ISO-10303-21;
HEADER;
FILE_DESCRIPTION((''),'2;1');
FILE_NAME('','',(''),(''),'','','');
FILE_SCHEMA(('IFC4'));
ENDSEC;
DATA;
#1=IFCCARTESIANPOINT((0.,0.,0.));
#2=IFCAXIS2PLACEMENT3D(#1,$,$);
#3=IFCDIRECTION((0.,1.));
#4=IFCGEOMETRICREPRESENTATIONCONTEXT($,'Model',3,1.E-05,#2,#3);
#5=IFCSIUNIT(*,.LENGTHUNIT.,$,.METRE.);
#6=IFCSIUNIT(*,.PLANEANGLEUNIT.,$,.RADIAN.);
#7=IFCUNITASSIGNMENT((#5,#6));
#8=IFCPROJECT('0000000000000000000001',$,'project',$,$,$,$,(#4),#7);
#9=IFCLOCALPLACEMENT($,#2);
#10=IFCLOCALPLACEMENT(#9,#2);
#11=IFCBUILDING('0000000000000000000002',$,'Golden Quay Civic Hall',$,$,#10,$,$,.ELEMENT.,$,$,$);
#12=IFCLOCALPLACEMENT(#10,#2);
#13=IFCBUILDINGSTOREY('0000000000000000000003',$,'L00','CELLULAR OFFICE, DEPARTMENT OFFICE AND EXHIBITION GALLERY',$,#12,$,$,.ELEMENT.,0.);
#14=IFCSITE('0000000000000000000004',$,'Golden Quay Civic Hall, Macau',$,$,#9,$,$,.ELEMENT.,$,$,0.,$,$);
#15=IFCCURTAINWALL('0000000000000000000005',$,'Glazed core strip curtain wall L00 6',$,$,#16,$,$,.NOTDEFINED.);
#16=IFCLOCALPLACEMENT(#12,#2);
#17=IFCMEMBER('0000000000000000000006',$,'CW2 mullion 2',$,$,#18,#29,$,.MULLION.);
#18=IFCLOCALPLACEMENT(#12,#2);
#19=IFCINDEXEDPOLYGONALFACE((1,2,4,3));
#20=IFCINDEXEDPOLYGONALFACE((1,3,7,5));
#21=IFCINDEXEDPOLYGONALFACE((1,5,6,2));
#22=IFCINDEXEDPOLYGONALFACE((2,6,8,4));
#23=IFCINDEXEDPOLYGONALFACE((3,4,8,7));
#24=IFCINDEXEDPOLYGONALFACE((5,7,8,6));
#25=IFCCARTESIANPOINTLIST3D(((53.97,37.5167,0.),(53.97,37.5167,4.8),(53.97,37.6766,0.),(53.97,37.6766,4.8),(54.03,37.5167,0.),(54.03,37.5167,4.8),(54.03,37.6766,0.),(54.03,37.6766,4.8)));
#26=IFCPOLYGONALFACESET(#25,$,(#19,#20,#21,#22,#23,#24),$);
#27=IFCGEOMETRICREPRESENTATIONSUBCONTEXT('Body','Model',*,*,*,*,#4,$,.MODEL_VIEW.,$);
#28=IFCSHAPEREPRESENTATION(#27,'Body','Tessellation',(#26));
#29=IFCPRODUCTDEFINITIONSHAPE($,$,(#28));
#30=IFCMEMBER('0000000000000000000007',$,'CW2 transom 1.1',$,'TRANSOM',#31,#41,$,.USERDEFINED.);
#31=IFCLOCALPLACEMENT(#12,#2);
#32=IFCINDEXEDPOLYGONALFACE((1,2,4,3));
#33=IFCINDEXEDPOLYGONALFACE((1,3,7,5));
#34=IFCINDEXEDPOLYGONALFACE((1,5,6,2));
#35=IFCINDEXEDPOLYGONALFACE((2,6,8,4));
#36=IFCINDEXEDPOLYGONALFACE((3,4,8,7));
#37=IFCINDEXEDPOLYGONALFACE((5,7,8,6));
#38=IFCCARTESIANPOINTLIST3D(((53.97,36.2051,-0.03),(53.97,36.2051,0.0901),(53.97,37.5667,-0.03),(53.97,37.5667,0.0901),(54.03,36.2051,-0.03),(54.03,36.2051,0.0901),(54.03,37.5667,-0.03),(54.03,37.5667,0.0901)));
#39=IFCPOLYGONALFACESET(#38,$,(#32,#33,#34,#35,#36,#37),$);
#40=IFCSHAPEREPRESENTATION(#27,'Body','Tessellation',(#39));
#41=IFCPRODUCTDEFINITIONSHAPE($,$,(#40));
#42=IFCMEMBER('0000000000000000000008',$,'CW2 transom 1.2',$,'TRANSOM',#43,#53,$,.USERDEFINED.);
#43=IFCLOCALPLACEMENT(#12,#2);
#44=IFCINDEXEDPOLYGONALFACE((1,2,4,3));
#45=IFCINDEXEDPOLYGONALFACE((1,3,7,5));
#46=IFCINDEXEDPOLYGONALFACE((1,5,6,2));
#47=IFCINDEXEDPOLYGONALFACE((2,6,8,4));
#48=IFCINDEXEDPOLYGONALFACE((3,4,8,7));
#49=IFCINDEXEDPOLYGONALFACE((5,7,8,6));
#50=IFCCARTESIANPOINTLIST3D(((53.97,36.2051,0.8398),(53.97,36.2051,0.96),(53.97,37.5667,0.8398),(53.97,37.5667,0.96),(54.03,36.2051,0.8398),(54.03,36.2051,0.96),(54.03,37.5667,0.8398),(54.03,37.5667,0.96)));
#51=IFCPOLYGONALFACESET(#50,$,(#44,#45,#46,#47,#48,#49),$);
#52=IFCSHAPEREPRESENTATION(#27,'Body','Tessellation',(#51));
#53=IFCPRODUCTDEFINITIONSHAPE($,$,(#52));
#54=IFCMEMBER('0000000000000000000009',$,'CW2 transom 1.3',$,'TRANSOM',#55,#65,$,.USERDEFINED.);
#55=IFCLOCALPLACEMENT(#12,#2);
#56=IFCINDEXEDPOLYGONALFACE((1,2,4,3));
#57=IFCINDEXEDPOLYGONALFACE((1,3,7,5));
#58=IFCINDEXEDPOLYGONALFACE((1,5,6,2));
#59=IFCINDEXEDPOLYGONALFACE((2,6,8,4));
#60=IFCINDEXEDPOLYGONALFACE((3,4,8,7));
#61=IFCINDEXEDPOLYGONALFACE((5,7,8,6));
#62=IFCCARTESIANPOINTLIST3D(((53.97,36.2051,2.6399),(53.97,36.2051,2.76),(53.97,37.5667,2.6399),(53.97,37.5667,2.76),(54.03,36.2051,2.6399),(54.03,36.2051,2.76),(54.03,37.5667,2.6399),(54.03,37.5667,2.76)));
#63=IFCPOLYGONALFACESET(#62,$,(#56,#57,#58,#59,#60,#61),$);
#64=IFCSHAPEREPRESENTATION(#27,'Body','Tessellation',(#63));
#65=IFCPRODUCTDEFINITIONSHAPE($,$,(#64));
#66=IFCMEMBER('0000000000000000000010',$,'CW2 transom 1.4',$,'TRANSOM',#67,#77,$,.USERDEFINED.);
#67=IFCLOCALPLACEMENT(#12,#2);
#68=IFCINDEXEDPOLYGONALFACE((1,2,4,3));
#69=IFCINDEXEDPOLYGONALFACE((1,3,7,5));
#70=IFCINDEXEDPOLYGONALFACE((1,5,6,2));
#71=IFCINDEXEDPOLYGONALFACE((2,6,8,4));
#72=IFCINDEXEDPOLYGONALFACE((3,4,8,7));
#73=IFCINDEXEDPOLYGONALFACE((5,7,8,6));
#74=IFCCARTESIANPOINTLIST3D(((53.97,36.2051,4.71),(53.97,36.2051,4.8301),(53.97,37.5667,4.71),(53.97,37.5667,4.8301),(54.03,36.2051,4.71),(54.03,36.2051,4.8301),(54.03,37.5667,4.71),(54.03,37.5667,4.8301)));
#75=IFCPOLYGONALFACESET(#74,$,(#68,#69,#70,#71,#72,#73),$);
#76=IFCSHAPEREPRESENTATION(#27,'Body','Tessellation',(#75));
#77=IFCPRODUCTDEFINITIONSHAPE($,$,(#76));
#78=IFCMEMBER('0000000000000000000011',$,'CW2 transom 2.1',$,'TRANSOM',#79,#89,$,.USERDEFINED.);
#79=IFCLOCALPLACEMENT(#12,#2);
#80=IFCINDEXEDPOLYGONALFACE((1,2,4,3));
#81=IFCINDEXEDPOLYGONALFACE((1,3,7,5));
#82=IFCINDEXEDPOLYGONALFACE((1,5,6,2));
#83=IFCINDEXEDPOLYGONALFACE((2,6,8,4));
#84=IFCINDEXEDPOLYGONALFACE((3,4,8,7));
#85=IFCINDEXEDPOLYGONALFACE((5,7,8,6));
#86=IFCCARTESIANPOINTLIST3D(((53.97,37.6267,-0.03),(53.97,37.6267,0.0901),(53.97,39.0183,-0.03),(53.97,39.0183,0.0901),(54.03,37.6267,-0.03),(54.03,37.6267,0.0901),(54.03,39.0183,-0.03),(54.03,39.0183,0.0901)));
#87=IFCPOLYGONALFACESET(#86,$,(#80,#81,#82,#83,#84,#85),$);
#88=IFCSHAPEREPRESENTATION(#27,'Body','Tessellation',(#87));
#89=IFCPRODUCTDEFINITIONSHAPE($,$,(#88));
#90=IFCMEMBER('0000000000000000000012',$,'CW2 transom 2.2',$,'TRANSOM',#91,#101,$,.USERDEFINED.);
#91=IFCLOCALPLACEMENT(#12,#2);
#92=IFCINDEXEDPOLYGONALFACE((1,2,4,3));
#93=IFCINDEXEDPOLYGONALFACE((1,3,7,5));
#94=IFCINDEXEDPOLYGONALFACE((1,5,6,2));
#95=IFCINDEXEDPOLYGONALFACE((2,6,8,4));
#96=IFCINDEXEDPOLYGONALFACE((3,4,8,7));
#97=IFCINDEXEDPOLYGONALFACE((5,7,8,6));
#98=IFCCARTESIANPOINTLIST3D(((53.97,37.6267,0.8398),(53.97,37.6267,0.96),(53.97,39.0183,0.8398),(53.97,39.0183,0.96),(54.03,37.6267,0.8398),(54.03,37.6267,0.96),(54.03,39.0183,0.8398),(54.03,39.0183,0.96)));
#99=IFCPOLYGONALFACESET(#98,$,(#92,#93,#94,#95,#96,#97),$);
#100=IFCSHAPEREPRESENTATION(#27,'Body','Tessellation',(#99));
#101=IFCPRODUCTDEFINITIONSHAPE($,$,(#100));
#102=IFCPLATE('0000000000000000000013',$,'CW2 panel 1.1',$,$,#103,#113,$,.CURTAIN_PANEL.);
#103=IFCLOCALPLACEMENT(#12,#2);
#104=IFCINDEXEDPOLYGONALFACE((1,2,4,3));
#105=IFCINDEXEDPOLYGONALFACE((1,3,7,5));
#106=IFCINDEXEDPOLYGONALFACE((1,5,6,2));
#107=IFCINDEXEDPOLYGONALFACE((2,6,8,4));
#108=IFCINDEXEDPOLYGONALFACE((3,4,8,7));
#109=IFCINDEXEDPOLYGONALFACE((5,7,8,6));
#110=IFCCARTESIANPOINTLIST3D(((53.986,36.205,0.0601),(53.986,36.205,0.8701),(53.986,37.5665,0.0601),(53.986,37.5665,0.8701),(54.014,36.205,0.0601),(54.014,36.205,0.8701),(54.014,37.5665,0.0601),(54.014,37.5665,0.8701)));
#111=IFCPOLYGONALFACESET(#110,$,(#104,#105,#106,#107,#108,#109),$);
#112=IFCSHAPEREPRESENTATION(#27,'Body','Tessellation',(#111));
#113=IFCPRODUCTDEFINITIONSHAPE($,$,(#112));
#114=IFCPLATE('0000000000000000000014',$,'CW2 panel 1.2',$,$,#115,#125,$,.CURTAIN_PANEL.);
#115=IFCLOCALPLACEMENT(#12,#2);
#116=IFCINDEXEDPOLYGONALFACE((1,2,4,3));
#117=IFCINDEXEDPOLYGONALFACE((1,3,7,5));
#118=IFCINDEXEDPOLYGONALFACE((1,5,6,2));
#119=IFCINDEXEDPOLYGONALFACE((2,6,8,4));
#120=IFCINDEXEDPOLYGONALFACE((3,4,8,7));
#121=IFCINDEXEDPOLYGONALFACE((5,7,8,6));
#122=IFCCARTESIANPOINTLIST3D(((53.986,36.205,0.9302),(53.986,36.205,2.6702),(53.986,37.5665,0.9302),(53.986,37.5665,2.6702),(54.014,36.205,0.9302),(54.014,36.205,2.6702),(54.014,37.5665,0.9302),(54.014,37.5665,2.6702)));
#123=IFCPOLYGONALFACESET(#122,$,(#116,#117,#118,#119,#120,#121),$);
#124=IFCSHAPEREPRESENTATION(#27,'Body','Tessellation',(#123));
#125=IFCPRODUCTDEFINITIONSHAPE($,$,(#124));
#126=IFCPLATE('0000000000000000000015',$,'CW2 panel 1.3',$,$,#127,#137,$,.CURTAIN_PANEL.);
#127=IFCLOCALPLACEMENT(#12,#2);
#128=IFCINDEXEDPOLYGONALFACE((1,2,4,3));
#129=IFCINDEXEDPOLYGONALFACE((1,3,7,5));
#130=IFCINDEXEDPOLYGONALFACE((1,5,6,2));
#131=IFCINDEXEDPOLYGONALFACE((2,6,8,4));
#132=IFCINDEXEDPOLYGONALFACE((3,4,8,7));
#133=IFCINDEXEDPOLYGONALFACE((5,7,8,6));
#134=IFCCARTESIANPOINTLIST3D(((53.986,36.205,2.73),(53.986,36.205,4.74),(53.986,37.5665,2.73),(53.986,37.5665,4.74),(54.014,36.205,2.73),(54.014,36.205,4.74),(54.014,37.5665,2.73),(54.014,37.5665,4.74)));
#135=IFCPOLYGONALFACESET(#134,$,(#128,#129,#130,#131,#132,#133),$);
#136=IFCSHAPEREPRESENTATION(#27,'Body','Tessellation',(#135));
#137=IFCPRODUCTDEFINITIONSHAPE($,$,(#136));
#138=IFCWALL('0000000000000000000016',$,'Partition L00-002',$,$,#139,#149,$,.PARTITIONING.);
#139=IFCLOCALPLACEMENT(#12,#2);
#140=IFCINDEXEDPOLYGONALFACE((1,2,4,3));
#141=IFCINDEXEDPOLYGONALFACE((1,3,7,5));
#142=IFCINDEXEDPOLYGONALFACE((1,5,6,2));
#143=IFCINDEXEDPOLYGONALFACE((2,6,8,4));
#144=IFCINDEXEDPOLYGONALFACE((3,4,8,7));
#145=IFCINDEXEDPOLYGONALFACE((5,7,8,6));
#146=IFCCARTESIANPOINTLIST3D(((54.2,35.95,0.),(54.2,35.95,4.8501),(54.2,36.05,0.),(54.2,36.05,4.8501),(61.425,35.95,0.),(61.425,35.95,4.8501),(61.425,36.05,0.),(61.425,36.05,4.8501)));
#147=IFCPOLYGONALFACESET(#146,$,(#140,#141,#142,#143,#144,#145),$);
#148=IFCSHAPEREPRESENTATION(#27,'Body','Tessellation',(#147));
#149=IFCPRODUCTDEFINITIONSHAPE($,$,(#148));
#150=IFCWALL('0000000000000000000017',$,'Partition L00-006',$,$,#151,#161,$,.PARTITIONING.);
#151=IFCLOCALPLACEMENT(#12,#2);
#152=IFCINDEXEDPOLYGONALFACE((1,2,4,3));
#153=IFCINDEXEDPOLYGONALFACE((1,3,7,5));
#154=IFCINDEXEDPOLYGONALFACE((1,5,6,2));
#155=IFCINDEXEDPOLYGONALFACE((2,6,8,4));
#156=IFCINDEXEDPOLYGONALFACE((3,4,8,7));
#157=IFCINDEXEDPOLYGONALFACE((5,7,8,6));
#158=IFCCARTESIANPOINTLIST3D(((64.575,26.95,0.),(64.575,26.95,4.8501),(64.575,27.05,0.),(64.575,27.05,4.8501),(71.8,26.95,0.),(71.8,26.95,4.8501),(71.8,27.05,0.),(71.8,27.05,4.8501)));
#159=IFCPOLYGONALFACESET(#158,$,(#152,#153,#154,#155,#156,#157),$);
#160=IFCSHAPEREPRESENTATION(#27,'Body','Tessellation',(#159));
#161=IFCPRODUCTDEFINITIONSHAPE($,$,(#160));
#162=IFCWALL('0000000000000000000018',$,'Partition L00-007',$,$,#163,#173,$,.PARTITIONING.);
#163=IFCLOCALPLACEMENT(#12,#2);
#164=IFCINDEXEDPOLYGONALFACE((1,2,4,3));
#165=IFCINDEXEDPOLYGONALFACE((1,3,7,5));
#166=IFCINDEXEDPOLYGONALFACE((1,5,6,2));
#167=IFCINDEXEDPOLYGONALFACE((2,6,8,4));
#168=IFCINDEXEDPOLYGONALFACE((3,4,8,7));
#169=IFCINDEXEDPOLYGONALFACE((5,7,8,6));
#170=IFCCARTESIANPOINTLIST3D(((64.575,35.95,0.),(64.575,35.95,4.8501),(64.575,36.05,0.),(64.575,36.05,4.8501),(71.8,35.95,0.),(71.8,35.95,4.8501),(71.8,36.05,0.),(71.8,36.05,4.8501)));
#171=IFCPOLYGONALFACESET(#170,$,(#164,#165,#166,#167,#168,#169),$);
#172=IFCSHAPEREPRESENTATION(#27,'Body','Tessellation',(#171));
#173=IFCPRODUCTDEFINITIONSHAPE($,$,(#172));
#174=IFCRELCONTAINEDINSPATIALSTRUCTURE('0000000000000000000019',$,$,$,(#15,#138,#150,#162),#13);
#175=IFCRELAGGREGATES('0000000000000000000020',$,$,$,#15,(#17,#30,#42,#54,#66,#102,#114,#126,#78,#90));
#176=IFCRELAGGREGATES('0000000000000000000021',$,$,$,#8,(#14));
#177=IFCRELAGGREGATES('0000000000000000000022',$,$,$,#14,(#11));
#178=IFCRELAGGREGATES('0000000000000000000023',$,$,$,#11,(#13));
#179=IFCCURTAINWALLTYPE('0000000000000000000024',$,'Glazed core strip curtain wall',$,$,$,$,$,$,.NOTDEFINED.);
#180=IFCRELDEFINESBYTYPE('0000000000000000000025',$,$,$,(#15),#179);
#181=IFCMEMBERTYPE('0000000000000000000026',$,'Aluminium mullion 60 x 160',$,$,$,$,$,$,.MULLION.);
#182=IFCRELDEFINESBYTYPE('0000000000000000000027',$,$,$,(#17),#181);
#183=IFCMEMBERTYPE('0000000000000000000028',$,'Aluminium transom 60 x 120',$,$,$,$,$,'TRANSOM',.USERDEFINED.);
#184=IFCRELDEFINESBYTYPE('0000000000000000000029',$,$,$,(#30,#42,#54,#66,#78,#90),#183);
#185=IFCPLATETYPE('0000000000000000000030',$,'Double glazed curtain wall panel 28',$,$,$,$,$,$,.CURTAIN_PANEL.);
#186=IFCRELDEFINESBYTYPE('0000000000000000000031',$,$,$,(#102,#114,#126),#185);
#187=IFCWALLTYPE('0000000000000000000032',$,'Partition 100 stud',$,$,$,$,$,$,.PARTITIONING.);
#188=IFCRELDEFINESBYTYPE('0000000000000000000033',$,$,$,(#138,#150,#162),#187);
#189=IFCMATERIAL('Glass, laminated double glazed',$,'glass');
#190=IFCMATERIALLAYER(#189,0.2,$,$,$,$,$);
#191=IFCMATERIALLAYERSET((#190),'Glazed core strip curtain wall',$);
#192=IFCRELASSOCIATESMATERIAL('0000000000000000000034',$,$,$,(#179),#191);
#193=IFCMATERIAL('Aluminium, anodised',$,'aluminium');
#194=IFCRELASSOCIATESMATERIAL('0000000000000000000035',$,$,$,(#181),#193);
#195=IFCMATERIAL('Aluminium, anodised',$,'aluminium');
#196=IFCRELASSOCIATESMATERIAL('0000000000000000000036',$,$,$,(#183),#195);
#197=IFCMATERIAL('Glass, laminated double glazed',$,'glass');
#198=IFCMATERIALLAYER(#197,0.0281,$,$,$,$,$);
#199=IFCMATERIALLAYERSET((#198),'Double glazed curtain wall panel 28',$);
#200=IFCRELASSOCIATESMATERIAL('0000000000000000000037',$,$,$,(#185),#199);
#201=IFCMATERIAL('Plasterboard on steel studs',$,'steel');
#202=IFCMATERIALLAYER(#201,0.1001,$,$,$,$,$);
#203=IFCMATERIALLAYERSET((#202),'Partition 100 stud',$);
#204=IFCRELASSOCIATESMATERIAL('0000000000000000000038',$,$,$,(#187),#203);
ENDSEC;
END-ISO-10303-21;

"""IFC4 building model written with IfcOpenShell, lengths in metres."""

from ifc_helpers import new_model, si_unit, direction, frame, frame_2d, origin, origin_2d, place, context, subcontext, project, spatial, rectangle, extrude, material, layer, layer_set, material_profile, profile_set, type_object, element, aggregate, save


model = new_model("IFC4")

# Units and contexts
model_context = context("Model", 3, precision=1e-05, world=origin(), true_north=direction((0.0, 1.0)))
body_context = subcontext(model_context, "Body", "Model", "MODEL_VIEW")
ifc_project = project(units=[si_unit("LENGTHUNIT", "METRE"), si_unit("PLANEANGLEUNIT", "RADIAN")], contexts=[model_context])

# Site, building, storey
site_placement = place(None, origin())
site = spatial("IfcSite", under=ifc_project, at=site_placement, Name="Golden Quay Civic Hall, Macau", CompositionType="ELEMENT", RefElevation=0.0)
building_placement = place(site_placement, origin())
building = spatial("IfcBuilding", under=site, at=building_placement, Name="Golden Quay Civic Hall", CompositionType="ELEMENT")
storey_placement = place(building_placement, origin())
storey = spatial("IfcBuildingStorey", under=building, at=storey_placement, Name="L00", Description="CELLULAR OFFICE, DEPARTMENT OFFICE AND EXHIBITION GALLERY", CompositionType="ELEMENT", Elevation=0.0)

# Curtain wall, members, plates
ifc_material_1 = material(Name="Glass, laminated double glazed", Category="glass")
ifc_layer_1 = layer(ifc_material_1, 0.2)
ifc_layer_set_1 = layer_set([ifc_layer_1], Name="Glazed core strip curtain wall")
curtain_wall_type = type_object("IfcCurtainWallType", Name="Glazed core strip curtain wall", PredefinedType="NOTDEFINED", material=ifc_layer_set_1)
curtain_wall_placement = place(storey_placement, origin())
curtain_wall = element("IfcCurtainWall", 1, at=curtain_wall_placement, inside=storey, type_object=curtain_wall_type, Name="Glazed core strip curtain wall L00 6", PredefinedType="NOTDEFINED")
ifc_material_2 = material(Name="Aluminium, anodised", Category="aluminium")
ifc_material_profile_1 = material_profile(ifc_material_2, rectangle(XDim=0.0601, YDim=0.1599, at=origin_2d()), Name="Aluminium 60 x 160")
ifc_profile_set_1 = profile_set([ifc_material_profile_1], Name="Aluminium, anodised")
member_type_1 = type_object("IfcMemberType", Name="Aluminium mullion 60 x 160", PredefinedType="MULLION", material=ifc_profile_set_1)
member_1_placement = place(storey_placement, frame((54.0, 37.5967, 0.0), z_axis=(0.0, 0.0, 1.0), x_axis=(-1.0, 0.0, 0.0)))
member_1 = element("IfcMember", 2, at=member_1_placement, type_object=member_type_1, Name="CW2 mullion 2", PredefinedType="MULLION", context=body_context, shape_type="SweptSolid", body=[
    extrude(rectangle(XDim=0.0601, YDim=0.1599, at=origin_2d()), origin(), (0.0, 0.0, 1.0), 4.8),
])
ifc_material_3 = material(Name="Aluminium, anodised", Category="aluminium")
ifc_material_profile_2 = material_profile(ifc_material_3, rectangle(XDim=0.0601, YDim=0.1201, at=origin_2d()), Name="Aluminium 60 x 120")
ifc_profile_set_2 = profile_set([ifc_material_profile_2], Name="Aluminium, anodised")
member_type_2 = type_object("IfcMemberType", Name="Aluminium transom 60 x 120", ElementType="TRANSOM", PredefinedType="USERDEFINED", material=ifc_profile_set_2)
member_2_placement = place(storey_placement, frame((54.0, 36.2051, 0.03), z_axis=(0.0, 1.0, 0.0), x_axis=(-1.0, 0.0, 0.0)))
member_2 = element("IfcMember", 3, at=member_2_placement, type_object=member_type_2, Name="CW2 transom 1.1", ObjectType="TRANSOM", PredefinedType="USERDEFINED", context=body_context, shape_type="SweptSolid", body=[
    extrude(rectangle(XDim=0.0601, YDim=0.1201, at=origin_2d()), origin(), (0.0, 0.0, 1.0), 1.3616),
])
member_3_placement = place(storey_placement, frame((54.0, 36.2051, 0.8999), z_axis=(0.0, 1.0, 0.0), x_axis=(-1.0, 0.0, 0.0)))
member_3 = element("IfcMember", 4, at=member_3_placement, type_object=member_type_2, Name="CW2 transom 1.2", ObjectType="TRANSOM", PredefinedType="USERDEFINED", context=body_context, shape_type="SweptSolid", body=[
    extrude(rectangle(XDim=0.0601, YDim=0.1201, at=origin_2d()), origin(), (0.0, 0.0, 1.0), 1.3616),
])
member_4_placement = place(storey_placement, frame((54.0, 36.2051, 2.7), z_axis=(0.0, 1.0, 0.0), x_axis=(-1.0, 0.0, 0.0)))
member_4 = element("IfcMember", 5, at=member_4_placement, type_object=member_type_2, Name="CW2 transom 1.3", ObjectType="TRANSOM", PredefinedType="USERDEFINED", context=body_context, shape_type="SweptSolid", body=[
    extrude(rectangle(XDim=0.0601, YDim=0.1201, at=origin_2d()), origin(), (0.0, 0.0, 1.0), 1.3616),
])
member_5_placement = place(storey_placement, frame((54.0, 36.2051, 4.77), z_axis=(0.0, 1.0, 0.0), x_axis=(-1.0, 0.0, 0.0)))
member_5 = element("IfcMember", 6, at=member_5_placement, type_object=member_type_2, Name="CW2 transom 1.4", ObjectType="TRANSOM", PredefinedType="USERDEFINED", context=body_context, shape_type="SweptSolid", body=[
    extrude(rectangle(XDim=0.0601, YDim=0.1201, at=origin_2d()), origin(), (0.0, 0.0, 1.0), 1.3616),
])
member_6_placement = place(storey_placement, frame((54.0, 37.6267, 0.03), z_axis=(0.0, 1.0, 0.0), x_axis=(-1.0, 0.0, 0.0)))
member_6 = element("IfcMember", 7, at=member_6_placement, type_object=member_type_2, Name="CW2 transom 2.1", ObjectType="TRANSOM", PredefinedType="USERDEFINED", context=body_context, shape_type="SweptSolid", body=[
    extrude(rectangle(XDim=0.0601, YDim=0.1201, at=origin_2d()), origin(), (0.0, 0.0, 1.0), 1.3916),
])
member_7_placement = place(storey_placement, frame((54.0, 37.6267, 0.8999), z_axis=(0.0, 1.0, 0.0), x_axis=(-1.0, 0.0, 0.0)))
member_7 = element("IfcMember", 8, at=member_7_placement, type_object=member_type_2, Name="CW2 transom 2.2", ObjectType="TRANSOM", PredefinedType="USERDEFINED", context=body_context, shape_type="SweptSolid", body=[
    extrude(rectangle(XDim=0.0601, YDim=0.1201, at=origin_2d()), origin(), (0.0, 0.0, 1.0), 1.3916),
])
ifc_material_4 = material(Name="Glass, laminated double glazed", Category="glass")
ifc_layer_2 = layer(ifc_material_4, 0.0281)
ifc_layer_set_2 = layer_set([ifc_layer_2], Name="Double glazed curtain wall panel 28")
plate_type = type_object("IfcPlateType", Name="Double glazed curtain wall panel 28", PredefinedType="CURTAIN_PANEL", material=ifc_layer_set_2)
plate_1_placement = place(storey_placement, frame((54.0, 36.8857, 0.0601), z_axis=(0.0, 0.0, 1.0), x_axis=(0.0, 1.0, 0.0)))
plate_1 = element("IfcPlate", 9, at=plate_1_placement, type_object=plate_type, Name="CW2 panel 1.1", PredefinedType="CURTAIN_PANEL", context=body_context, shape_type="SweptSolid", body=[
    extrude(rectangle(XDim=1.3616, YDim=0.0281, at=origin_2d()), origin(), (0.0, 0.0, 1.0), 0.8101),
])
plate_2_placement = place(storey_placement, frame((54.0, 36.8857, 0.9302), z_axis=(0.0, 0.0, 1.0), x_axis=(0.0, 1.0, 0.0)))
plate_2 = element("IfcPlate", 10, at=plate_2_placement, type_object=plate_type, Name="CW2 panel 1.2", PredefinedType="CURTAIN_PANEL", context=body_context, shape_type="SweptSolid", body=[
    extrude(rectangle(XDim=1.3616, YDim=0.0281, at=origin_2d()), origin(), (0.0, 0.0, 1.0), 1.74),
])
plate_3_placement = place(storey_placement, frame((54.0, 36.8857, 2.73), z_axis=(0.0, 0.0, 1.0), x_axis=(0.0, 1.0, 0.0)))
plate_3 = element("IfcPlate", 11, at=plate_3_placement, type_object=plate_type, Name="CW2 panel 1.3", PredefinedType="CURTAIN_PANEL", context=body_context, shape_type="SweptSolid", body=[
    extrude(rectangle(XDim=1.3616, YDim=0.0281, at=origin_2d()), origin(), (0.0, 0.0, 1.0), 2.01),
])
aggregate(curtain_wall, [member_1, member_2, member_3, member_4, member_5, plate_1, plate_2, plate_3, member_6, member_7])

# Walls
ifc_material_5 = material(Name="Plasterboard on steel studs", Category="steel")
ifc_layer_3 = layer(ifc_material_5, 0.1001)
ifc_layer_set_3 = layer_set([ifc_layer_3], Name="Partition 100 stud")
wall_type_1 = type_object("IfcWallType", Name="Partition 100 stud", PredefinedType="PARTITIONING", material=ifc_layer_set_3)
for number, where, z_axis, x_axis, name in (
    (12, (54.2, 36.0, 0.0), (0.0, 0.0, 1.0), (1.0, 0.0, 0.0), "Partition L00-002"),
    (13, (64.575, 27.0, 0.0), (0.0, 0.0, 1.0), (1.0, 0.0, 0.0), "Partition L00-006"),
    (14, (64.575, 36.0, 0.0), (0.0, 0.0, 1.0), (1.0, 0.0, 0.0), "Partition L00-007"),
):
    element("IfcWall", number, at=place(storey_placement, frame(where, z_axis=z_axis, x_axis=x_axis)), inside=storey, type_object=wall_type_1, Name=name, PredefinedType="PARTITIONING", context=body_context, shape_type="SweptSolid", body=[
        extrude(rectangle(XDim=7.2251, YDim=0.1001, at=frame_2d((3.6125, 0.0))), origin(), (0.0, 0.0, 1.0), 4.8501),
    ])

save(model, "model.ifc")
